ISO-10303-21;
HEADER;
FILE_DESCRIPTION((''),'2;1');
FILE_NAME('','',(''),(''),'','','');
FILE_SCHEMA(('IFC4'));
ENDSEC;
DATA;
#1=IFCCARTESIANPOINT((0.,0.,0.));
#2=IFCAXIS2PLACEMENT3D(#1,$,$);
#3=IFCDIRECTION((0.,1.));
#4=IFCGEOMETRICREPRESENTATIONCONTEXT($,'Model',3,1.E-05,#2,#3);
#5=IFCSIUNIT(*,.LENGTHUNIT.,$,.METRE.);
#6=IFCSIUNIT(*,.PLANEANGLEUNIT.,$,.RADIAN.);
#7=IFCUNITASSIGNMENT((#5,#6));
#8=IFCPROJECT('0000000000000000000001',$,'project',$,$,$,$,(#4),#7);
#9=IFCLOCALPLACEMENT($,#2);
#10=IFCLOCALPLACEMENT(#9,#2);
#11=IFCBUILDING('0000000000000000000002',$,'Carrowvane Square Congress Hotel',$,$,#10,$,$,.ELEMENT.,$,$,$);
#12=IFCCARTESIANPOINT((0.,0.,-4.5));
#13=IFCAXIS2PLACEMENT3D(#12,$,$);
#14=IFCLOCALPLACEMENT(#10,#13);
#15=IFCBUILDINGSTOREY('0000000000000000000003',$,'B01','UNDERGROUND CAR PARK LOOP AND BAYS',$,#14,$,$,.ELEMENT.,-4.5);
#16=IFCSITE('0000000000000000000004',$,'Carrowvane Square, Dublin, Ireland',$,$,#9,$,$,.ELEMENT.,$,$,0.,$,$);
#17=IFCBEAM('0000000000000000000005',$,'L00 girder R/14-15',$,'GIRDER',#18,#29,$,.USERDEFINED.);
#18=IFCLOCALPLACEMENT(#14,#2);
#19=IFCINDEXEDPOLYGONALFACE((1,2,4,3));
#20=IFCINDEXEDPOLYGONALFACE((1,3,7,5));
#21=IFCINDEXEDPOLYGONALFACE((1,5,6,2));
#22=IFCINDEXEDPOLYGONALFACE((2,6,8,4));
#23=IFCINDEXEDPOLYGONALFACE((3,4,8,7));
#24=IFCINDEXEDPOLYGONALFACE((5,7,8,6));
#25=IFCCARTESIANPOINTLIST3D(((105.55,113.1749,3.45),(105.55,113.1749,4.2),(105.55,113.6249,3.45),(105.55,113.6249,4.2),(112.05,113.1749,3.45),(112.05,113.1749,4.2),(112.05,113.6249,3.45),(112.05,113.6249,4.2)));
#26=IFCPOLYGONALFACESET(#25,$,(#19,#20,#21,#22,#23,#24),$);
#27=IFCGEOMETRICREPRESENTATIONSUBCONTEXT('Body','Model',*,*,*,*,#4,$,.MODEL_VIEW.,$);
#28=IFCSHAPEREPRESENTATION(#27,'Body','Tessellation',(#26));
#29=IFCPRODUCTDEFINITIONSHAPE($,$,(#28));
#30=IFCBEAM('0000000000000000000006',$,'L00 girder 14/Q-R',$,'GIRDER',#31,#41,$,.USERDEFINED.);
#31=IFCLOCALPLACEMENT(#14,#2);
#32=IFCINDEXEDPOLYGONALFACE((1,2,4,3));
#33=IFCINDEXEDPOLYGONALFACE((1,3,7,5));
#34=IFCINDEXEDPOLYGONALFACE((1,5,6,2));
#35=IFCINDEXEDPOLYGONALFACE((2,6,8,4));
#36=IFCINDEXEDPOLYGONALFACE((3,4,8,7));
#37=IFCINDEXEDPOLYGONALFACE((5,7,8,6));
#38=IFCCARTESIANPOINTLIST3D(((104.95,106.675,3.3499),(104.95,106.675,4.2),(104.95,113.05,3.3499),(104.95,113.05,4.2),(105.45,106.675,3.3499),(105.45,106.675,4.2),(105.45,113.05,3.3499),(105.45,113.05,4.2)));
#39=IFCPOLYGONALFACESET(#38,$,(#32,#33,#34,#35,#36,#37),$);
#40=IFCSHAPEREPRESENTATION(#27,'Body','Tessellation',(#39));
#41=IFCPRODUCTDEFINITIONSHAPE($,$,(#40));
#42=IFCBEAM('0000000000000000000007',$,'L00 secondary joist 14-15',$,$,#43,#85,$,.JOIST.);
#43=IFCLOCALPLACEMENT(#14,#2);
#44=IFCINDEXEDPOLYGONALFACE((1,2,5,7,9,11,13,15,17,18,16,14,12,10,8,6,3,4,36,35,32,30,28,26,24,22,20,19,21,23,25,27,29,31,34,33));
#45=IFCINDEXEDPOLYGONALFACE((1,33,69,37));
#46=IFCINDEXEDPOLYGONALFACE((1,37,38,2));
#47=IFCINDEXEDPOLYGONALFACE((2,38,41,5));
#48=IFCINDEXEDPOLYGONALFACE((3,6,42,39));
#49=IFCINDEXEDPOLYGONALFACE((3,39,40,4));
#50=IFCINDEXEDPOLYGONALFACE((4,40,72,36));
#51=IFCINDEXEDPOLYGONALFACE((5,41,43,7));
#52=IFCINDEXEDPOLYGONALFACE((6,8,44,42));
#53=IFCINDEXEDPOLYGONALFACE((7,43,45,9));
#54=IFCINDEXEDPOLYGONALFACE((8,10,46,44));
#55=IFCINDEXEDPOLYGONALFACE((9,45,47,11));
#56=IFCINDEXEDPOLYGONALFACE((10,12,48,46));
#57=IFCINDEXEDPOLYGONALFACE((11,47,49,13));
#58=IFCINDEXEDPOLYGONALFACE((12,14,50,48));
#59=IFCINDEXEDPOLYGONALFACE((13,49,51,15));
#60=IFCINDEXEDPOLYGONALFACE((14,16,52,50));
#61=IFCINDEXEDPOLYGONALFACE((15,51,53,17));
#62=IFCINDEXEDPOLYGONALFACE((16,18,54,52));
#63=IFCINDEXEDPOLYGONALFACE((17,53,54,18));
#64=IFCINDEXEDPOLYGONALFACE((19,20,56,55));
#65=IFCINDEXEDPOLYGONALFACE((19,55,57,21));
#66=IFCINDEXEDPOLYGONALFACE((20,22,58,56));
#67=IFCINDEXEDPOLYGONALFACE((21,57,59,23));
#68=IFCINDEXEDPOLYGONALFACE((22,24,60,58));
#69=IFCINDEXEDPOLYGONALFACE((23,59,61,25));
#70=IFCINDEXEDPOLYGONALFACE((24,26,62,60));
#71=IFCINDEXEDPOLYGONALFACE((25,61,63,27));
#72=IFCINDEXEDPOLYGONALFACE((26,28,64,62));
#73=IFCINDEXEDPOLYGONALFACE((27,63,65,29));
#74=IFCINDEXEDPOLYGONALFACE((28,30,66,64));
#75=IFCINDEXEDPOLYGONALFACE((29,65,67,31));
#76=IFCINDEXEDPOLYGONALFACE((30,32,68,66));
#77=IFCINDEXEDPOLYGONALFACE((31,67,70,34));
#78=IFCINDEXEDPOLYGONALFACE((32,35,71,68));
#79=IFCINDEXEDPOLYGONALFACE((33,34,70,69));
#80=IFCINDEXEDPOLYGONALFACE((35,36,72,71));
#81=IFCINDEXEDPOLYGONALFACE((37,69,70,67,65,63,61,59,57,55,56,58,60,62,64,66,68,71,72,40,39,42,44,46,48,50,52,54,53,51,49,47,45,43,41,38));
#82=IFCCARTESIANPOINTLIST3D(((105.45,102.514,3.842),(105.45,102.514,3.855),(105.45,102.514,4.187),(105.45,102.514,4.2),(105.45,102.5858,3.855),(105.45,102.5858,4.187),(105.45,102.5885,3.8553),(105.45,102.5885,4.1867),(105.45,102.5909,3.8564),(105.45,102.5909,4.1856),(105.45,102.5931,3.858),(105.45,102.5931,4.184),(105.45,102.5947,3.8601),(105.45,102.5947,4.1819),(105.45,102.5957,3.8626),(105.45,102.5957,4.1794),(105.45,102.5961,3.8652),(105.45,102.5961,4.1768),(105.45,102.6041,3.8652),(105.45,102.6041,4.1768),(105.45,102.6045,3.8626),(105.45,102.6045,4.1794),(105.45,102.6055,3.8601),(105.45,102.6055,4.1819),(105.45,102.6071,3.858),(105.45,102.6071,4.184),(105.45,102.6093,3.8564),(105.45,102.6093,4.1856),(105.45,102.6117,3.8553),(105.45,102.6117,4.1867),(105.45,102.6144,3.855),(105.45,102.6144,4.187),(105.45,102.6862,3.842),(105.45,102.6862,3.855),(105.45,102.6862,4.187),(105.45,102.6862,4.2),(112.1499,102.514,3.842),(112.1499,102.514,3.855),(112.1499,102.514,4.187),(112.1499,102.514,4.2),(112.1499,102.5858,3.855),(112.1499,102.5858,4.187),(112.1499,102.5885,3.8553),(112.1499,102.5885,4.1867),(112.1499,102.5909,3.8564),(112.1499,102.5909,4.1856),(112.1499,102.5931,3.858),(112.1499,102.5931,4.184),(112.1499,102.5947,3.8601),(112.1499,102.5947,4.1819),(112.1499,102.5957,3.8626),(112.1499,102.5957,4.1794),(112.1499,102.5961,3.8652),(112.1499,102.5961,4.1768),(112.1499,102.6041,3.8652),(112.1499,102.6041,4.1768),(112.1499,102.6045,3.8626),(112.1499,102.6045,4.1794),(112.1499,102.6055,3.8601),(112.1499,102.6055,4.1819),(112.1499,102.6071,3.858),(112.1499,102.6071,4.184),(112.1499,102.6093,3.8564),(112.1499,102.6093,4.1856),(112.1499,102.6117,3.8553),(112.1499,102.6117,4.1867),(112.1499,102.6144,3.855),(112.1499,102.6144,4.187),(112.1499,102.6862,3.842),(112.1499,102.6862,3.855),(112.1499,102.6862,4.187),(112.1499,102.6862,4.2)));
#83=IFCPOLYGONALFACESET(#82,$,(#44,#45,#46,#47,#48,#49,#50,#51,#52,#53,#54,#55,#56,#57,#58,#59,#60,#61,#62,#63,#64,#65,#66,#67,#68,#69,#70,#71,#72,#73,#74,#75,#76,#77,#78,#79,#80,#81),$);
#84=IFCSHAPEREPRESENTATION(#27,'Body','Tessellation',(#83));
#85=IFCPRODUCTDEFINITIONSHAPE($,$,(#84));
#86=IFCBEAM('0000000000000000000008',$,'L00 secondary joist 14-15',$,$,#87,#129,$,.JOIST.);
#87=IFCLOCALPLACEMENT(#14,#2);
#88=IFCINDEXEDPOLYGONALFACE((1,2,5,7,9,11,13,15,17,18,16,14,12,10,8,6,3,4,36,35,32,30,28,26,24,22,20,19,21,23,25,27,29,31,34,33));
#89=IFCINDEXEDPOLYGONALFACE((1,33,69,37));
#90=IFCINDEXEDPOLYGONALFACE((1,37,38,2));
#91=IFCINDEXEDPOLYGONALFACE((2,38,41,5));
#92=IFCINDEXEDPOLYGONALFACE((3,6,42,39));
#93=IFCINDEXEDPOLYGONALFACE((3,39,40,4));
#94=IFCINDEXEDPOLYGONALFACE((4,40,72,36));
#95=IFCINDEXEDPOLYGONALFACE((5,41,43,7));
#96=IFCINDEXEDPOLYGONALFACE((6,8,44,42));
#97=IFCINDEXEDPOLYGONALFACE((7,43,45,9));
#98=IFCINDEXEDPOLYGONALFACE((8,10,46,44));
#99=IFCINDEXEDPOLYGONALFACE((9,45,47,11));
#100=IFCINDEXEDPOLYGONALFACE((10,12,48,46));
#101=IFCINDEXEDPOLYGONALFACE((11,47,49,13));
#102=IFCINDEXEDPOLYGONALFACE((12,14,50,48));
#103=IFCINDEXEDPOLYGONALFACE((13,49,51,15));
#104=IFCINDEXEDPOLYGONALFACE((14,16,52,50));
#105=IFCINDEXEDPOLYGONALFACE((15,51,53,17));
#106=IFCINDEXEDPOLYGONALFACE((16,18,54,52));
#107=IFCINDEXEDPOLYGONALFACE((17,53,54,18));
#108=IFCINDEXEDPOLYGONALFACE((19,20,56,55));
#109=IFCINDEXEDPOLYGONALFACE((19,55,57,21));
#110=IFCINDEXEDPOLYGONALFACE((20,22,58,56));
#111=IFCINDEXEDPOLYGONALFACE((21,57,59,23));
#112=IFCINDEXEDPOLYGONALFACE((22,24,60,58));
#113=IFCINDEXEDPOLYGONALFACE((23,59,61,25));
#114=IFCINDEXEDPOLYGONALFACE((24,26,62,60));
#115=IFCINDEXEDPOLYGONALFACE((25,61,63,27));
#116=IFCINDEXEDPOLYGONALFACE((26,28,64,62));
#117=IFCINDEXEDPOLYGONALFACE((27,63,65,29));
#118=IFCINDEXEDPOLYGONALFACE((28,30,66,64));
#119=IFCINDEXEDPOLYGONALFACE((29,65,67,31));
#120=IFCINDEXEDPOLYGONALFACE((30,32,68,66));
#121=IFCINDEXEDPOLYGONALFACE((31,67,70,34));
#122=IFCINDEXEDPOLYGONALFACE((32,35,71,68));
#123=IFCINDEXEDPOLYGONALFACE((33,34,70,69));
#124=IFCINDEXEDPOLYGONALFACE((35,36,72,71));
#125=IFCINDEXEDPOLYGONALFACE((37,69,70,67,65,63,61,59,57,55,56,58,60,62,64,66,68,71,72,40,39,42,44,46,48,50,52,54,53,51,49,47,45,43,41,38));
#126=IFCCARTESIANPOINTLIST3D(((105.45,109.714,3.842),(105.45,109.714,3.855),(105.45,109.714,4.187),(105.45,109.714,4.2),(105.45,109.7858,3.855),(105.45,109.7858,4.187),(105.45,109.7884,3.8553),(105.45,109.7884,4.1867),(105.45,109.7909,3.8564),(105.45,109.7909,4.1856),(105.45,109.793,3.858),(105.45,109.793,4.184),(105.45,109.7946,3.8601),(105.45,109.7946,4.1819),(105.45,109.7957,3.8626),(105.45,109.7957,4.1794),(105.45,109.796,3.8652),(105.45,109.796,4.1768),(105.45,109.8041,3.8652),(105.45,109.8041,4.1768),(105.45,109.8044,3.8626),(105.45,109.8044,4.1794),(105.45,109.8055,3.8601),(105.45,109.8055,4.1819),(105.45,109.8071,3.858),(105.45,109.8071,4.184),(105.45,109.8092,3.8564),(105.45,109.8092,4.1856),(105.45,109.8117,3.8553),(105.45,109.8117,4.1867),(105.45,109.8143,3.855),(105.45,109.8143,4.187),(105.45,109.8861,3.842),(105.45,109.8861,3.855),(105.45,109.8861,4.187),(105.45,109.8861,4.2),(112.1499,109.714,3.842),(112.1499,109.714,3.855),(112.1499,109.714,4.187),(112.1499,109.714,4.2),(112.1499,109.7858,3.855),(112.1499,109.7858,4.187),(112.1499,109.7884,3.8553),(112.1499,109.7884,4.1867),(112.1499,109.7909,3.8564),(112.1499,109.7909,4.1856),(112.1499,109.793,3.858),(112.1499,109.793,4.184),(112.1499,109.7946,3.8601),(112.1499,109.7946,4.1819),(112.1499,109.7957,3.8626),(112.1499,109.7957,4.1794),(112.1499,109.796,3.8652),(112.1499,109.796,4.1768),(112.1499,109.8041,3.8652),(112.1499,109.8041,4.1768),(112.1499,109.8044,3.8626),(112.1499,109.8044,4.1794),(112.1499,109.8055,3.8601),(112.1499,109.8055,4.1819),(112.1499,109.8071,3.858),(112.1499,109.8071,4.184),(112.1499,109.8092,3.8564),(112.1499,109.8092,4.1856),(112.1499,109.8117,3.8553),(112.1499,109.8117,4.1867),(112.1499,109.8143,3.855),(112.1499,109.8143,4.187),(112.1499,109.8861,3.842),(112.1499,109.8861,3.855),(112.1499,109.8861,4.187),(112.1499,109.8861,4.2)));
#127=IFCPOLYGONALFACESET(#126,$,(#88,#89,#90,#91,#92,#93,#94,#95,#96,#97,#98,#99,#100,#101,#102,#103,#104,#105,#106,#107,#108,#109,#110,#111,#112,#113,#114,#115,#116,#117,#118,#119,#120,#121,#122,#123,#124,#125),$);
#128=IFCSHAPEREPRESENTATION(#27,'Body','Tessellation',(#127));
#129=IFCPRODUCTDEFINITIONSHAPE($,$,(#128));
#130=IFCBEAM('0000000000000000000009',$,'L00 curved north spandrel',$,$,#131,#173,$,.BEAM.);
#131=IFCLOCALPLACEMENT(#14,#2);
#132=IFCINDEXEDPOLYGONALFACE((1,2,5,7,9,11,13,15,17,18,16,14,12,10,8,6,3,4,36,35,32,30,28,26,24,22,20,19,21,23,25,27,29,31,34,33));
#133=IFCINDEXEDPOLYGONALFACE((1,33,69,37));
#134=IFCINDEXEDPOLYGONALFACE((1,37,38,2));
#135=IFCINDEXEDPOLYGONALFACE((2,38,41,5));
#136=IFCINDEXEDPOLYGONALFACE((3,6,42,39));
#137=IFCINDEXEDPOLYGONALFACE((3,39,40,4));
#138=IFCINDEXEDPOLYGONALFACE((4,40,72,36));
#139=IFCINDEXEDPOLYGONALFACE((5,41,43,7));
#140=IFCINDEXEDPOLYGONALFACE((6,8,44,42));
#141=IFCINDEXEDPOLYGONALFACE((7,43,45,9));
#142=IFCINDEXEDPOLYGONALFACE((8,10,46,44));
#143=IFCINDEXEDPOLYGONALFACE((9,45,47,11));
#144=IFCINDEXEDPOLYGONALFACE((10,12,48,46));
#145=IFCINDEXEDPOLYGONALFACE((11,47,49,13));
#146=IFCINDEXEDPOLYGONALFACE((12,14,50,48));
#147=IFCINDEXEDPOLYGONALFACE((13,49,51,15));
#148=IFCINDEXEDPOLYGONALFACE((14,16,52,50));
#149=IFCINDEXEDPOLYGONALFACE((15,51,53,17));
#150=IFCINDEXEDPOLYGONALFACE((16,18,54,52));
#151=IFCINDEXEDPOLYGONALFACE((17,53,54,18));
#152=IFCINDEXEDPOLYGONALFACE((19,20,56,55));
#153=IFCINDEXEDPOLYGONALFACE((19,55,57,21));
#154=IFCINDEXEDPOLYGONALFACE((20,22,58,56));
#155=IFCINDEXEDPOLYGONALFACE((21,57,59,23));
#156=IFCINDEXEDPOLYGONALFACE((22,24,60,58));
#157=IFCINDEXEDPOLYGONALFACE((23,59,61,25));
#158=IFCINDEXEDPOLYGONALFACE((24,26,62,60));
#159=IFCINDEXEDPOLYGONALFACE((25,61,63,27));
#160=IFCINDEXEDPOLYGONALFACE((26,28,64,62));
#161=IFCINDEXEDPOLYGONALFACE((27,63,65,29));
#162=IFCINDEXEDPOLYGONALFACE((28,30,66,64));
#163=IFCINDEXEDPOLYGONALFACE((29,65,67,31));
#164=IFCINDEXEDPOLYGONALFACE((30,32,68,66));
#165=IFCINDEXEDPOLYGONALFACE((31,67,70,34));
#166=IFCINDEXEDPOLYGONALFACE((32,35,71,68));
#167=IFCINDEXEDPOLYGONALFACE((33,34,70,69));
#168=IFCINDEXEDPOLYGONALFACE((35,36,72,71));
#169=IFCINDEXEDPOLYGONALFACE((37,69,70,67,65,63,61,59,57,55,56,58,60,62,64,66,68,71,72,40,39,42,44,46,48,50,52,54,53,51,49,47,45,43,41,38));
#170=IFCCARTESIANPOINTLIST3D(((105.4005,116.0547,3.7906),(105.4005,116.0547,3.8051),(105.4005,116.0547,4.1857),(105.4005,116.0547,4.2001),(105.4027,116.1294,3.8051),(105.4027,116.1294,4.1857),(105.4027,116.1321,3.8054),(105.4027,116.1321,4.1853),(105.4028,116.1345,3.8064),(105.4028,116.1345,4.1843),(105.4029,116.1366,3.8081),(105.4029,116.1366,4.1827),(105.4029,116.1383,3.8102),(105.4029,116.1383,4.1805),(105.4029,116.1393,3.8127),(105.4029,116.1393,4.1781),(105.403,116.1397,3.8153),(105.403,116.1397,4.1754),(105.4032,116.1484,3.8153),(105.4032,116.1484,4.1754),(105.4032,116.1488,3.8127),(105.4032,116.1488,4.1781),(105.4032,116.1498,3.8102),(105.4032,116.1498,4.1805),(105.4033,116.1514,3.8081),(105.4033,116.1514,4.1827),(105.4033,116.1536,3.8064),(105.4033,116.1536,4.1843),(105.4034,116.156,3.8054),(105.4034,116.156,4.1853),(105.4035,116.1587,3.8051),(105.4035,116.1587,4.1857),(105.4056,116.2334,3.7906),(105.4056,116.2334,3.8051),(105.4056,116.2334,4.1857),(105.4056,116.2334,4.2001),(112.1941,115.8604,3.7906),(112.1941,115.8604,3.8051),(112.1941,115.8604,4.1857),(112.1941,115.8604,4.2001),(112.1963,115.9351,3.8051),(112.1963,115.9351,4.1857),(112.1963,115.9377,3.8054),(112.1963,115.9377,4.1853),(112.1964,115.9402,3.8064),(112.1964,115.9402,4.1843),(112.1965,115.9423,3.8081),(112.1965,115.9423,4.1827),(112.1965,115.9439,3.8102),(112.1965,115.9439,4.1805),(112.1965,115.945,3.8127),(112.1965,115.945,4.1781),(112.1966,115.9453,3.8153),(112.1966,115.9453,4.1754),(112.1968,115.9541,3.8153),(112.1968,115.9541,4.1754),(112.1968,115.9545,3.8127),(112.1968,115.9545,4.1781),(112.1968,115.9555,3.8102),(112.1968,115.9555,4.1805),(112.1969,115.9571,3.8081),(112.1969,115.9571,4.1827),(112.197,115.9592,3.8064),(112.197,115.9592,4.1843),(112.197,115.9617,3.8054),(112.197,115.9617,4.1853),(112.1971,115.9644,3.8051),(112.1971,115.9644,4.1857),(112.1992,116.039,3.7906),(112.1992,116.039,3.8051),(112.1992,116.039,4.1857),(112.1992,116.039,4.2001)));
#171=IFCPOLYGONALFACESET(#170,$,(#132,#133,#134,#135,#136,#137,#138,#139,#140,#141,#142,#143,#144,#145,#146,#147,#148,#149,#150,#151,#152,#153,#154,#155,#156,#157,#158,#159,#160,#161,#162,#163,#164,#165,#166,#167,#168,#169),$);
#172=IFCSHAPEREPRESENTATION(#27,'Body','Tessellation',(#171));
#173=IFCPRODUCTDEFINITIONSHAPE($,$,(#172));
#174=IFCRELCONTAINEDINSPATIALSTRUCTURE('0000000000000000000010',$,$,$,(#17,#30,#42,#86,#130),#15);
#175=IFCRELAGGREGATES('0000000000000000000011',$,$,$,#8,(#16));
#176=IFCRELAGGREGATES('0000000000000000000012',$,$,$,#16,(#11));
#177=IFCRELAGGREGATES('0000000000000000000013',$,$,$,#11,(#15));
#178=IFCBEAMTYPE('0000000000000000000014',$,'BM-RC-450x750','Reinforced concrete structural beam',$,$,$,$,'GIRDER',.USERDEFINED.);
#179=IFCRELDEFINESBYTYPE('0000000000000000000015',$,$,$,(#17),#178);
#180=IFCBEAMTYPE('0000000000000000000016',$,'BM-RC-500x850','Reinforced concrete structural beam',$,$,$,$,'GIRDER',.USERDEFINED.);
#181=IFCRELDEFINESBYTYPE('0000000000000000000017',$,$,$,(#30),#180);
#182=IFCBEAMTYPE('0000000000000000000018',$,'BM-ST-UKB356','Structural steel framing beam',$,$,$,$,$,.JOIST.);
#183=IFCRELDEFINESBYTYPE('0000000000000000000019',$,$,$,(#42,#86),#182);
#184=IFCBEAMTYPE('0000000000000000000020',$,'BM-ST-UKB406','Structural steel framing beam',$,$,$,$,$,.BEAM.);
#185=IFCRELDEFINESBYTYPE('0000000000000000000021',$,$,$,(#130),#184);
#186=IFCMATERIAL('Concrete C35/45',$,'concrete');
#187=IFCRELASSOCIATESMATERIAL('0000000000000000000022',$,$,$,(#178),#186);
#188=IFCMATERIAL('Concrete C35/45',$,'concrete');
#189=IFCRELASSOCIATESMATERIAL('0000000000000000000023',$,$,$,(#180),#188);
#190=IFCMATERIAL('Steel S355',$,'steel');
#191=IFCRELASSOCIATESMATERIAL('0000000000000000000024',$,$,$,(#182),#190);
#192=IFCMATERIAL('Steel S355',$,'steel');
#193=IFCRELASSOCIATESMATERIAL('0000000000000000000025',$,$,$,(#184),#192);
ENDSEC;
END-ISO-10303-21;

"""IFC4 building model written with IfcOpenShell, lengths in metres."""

from ifc_helpers import new_model, si_unit, direction, frame, origin, origin_2d, place, context, subcontext, project, spatial, rectangle, i_section, extrude, material, material_profile, profile_set, type_object, element, save


model = new_model("IFC4")

# Units and contexts
model_context = context("Model", 3, precision=1e-05, world=origin(), true_north=direction((0.0, 1.0)))
body_context = subcontext(model_context, "Body", "Model", "MODEL_VIEW")
ifc_project = project(units=[si_unit("LENGTHUNIT", "METRE"), si_unit("PLANEANGLEUNIT", "RADIAN")], contexts=[model_context])

# Site, building, storey
site_placement = place(None, origin())
site = spatial("IfcSite", under=ifc_project, at=site_placement, Name="Carrowvane Square, Dublin, Ireland", CompositionType="ELEMENT", RefElevation=0.0)
building_placement = place(site_placement, origin())
building = spatial("IfcBuilding", under=site, at=building_placement, Name="Carrowvane Square Congress Hotel", CompositionType="ELEMENT")
storey_placement = place(building_placement, frame((0.0, 0.0, -4.5)))
storey = spatial("IfcBuildingStorey", under=building, at=storey_placement, Name="B01", Description="UNDERGROUND CAR PARK LOOP AND BAYS", CompositionType="ELEMENT", Elevation=-4.5)

# Beams
ifc_material_1 = material(Name="Concrete C35/45", Category="concrete")
ifc_material_profile_1 = material_profile(ifc_material_1, rectangle(XDim=0.45, YDim=0.75, at=origin_2d()), Name="RC 450x750")
ifc_profile_set_1 = profile_set([ifc_material_profile_1], Name="Concrete C35/45")
beam_type_1 = type_object("IfcBeamType", Name="BM-RC-450x750", Description="Reinforced concrete structural beam", ElementType="GIRDER", PredefinedType="USERDEFINED", material=ifc_profile_set_1)
beam_1_placement = place(storey_placement, frame((105.55, 113.3999, 3.825), z_axis=(1.0, 0.0, 0.0), x_axis=(0.0, 1.0, 0.0)))
element("IfcBeam", 1, at=beam_1_placement, inside=storey, type_object=beam_type_1, Name="L00 girder R/14-15", ObjectType="GIRDER", PredefinedType="USERDEFINED", context=body_context, shape_type="SweptSolid", body=[
    extrude(rectangle(XDim=0.45, YDim=0.75, at=origin_2d()), origin(), (0.0, 0.0, 1.0), 6.5),
])
ifc_material_2 = material(Name="Concrete C35/45", Category="concrete")
ifc_material_profile_2 = material_profile(ifc_material_2, rectangle(XDim=0.5, YDim=0.8501, at=origin_2d()), Name="RC 500x850")
ifc_profile_set_2 = profile_set([ifc_material_profile_2], Name="Concrete C35/45")
beam_type_2 = type_object("IfcBeamType", Name="BM-RC-500x850", Description="Reinforced concrete structural beam", ElementType="GIRDER", PredefinedType="USERDEFINED", material=ifc_profile_set_2)
beam_2_placement = place(storey_placement, frame((105.2, 106.675, 3.7749), z_axis=(0.0, 1.0, 0.0), x_axis=(-1.0, 0.0, 0.0)))
element("IfcBeam", 2, at=beam_2_placement, inside=storey, type_object=beam_type_2, Name="L00 girder 14/Q-R", ObjectType="GIRDER", PredefinedType="USERDEFINED", context=body_context, shape_type="SweptSolid", body=[
    extrude(rectangle(XDim=0.5, YDim=0.8501, at=origin_2d()), origin(), (0.0, 0.0, 1.0), 6.375),
])
ifc_material_3 = material(Name="Steel S355", Category="steel")
ifc_material_profile_3 = material_profile(ifc_material_3, i_section(OverallWidth=0.1721, OverallDepth=0.3579, WebThickness=0.0081, FlangeThickness=0.0129, FilletRadius=0.0103, at=origin_2d()), Name="UKB 356x171x57")
ifc_profile_set_3 = profile_set([ifc_material_profile_3], Name="Steel S355")
beam_type_3 = type_object("IfcBeamType", Name="BM-ST-UKB356", Description="Structural steel framing beam", PredefinedType="JOIST", material=ifc_profile_set_3)
for number, where, z_axis, x_axis, name in (
    (3, (105.45, 102.6001, 4.021), (1.0, 0.0, 0.0), (0.0, 1.0, 0.0), "L00 secondary joist 14-15"),
    (4, (105.45, 109.8, 4.021), (1.0, 0.0, 0.0), (0.0, 1.0, 0.0), "L00 secondary joist 14-15"),
):
    element("IfcBeam", number, at=place(storey_placement, frame(where, z_axis=z_axis, x_axis=x_axis)), inside=storey, type_object=beam_type_3, Name=name, PredefinedType="JOIST", context=body_context, shape_type="SweptSolid", body=[
        extrude(i_section(OverallWidth=0.1721, OverallDepth=0.3579, WebThickness=0.0081, FlangeThickness=0.0129, FilletRadius=0.0103, at=origin_2d()), origin(), (0.0, 0.0, 1.0), 6.7),
    ])
ifc_material_4 = material(Name="Steel S355", Category="steel")
ifc_material_profile_4 = material_profile(ifc_material_4, i_section(OverallWidth=0.1787, OverallDepth=0.4094, WebThickness=0.0088, FlangeThickness=0.0144, FilletRadius=0.0103, at=origin_2d()), Name="UKB 406x178x67")
ifc_profile_set_4 = profile_set([ifc_material_profile_4], Name="Steel S355")
beam_type_4 = type_object("IfcBeamType", Name="BM-ST-UKB406", Description="Structural steel framing beam", PredefinedType="BEAM", material=ifc_profile_set_4)
beam_3_placement = place(storey_placement, frame((105.4031, 116.144, 3.9954), z_axis=(0.999591, -0.028594, 0.0), x_axis=(0.028594, 0.999591, 0.0)))
element("IfcBeam", 5, at=beam_3_placement, inside=storey, type_object=beam_type_4, Name="L00 curved north spandrel", PredefinedType="BEAM", context=body_context, shape_type="SweptSolid", body=[
    extrude(i_section(OverallWidth=0.1787, OverallDepth=0.4094, WebThickness=0.0088, FlangeThickness=0.0144, FilletRadius=0.0103, at=origin_2d()), origin(), (0.0, 0.0, 1.0), 6.7964),
])

save(model, "model.ifc")
